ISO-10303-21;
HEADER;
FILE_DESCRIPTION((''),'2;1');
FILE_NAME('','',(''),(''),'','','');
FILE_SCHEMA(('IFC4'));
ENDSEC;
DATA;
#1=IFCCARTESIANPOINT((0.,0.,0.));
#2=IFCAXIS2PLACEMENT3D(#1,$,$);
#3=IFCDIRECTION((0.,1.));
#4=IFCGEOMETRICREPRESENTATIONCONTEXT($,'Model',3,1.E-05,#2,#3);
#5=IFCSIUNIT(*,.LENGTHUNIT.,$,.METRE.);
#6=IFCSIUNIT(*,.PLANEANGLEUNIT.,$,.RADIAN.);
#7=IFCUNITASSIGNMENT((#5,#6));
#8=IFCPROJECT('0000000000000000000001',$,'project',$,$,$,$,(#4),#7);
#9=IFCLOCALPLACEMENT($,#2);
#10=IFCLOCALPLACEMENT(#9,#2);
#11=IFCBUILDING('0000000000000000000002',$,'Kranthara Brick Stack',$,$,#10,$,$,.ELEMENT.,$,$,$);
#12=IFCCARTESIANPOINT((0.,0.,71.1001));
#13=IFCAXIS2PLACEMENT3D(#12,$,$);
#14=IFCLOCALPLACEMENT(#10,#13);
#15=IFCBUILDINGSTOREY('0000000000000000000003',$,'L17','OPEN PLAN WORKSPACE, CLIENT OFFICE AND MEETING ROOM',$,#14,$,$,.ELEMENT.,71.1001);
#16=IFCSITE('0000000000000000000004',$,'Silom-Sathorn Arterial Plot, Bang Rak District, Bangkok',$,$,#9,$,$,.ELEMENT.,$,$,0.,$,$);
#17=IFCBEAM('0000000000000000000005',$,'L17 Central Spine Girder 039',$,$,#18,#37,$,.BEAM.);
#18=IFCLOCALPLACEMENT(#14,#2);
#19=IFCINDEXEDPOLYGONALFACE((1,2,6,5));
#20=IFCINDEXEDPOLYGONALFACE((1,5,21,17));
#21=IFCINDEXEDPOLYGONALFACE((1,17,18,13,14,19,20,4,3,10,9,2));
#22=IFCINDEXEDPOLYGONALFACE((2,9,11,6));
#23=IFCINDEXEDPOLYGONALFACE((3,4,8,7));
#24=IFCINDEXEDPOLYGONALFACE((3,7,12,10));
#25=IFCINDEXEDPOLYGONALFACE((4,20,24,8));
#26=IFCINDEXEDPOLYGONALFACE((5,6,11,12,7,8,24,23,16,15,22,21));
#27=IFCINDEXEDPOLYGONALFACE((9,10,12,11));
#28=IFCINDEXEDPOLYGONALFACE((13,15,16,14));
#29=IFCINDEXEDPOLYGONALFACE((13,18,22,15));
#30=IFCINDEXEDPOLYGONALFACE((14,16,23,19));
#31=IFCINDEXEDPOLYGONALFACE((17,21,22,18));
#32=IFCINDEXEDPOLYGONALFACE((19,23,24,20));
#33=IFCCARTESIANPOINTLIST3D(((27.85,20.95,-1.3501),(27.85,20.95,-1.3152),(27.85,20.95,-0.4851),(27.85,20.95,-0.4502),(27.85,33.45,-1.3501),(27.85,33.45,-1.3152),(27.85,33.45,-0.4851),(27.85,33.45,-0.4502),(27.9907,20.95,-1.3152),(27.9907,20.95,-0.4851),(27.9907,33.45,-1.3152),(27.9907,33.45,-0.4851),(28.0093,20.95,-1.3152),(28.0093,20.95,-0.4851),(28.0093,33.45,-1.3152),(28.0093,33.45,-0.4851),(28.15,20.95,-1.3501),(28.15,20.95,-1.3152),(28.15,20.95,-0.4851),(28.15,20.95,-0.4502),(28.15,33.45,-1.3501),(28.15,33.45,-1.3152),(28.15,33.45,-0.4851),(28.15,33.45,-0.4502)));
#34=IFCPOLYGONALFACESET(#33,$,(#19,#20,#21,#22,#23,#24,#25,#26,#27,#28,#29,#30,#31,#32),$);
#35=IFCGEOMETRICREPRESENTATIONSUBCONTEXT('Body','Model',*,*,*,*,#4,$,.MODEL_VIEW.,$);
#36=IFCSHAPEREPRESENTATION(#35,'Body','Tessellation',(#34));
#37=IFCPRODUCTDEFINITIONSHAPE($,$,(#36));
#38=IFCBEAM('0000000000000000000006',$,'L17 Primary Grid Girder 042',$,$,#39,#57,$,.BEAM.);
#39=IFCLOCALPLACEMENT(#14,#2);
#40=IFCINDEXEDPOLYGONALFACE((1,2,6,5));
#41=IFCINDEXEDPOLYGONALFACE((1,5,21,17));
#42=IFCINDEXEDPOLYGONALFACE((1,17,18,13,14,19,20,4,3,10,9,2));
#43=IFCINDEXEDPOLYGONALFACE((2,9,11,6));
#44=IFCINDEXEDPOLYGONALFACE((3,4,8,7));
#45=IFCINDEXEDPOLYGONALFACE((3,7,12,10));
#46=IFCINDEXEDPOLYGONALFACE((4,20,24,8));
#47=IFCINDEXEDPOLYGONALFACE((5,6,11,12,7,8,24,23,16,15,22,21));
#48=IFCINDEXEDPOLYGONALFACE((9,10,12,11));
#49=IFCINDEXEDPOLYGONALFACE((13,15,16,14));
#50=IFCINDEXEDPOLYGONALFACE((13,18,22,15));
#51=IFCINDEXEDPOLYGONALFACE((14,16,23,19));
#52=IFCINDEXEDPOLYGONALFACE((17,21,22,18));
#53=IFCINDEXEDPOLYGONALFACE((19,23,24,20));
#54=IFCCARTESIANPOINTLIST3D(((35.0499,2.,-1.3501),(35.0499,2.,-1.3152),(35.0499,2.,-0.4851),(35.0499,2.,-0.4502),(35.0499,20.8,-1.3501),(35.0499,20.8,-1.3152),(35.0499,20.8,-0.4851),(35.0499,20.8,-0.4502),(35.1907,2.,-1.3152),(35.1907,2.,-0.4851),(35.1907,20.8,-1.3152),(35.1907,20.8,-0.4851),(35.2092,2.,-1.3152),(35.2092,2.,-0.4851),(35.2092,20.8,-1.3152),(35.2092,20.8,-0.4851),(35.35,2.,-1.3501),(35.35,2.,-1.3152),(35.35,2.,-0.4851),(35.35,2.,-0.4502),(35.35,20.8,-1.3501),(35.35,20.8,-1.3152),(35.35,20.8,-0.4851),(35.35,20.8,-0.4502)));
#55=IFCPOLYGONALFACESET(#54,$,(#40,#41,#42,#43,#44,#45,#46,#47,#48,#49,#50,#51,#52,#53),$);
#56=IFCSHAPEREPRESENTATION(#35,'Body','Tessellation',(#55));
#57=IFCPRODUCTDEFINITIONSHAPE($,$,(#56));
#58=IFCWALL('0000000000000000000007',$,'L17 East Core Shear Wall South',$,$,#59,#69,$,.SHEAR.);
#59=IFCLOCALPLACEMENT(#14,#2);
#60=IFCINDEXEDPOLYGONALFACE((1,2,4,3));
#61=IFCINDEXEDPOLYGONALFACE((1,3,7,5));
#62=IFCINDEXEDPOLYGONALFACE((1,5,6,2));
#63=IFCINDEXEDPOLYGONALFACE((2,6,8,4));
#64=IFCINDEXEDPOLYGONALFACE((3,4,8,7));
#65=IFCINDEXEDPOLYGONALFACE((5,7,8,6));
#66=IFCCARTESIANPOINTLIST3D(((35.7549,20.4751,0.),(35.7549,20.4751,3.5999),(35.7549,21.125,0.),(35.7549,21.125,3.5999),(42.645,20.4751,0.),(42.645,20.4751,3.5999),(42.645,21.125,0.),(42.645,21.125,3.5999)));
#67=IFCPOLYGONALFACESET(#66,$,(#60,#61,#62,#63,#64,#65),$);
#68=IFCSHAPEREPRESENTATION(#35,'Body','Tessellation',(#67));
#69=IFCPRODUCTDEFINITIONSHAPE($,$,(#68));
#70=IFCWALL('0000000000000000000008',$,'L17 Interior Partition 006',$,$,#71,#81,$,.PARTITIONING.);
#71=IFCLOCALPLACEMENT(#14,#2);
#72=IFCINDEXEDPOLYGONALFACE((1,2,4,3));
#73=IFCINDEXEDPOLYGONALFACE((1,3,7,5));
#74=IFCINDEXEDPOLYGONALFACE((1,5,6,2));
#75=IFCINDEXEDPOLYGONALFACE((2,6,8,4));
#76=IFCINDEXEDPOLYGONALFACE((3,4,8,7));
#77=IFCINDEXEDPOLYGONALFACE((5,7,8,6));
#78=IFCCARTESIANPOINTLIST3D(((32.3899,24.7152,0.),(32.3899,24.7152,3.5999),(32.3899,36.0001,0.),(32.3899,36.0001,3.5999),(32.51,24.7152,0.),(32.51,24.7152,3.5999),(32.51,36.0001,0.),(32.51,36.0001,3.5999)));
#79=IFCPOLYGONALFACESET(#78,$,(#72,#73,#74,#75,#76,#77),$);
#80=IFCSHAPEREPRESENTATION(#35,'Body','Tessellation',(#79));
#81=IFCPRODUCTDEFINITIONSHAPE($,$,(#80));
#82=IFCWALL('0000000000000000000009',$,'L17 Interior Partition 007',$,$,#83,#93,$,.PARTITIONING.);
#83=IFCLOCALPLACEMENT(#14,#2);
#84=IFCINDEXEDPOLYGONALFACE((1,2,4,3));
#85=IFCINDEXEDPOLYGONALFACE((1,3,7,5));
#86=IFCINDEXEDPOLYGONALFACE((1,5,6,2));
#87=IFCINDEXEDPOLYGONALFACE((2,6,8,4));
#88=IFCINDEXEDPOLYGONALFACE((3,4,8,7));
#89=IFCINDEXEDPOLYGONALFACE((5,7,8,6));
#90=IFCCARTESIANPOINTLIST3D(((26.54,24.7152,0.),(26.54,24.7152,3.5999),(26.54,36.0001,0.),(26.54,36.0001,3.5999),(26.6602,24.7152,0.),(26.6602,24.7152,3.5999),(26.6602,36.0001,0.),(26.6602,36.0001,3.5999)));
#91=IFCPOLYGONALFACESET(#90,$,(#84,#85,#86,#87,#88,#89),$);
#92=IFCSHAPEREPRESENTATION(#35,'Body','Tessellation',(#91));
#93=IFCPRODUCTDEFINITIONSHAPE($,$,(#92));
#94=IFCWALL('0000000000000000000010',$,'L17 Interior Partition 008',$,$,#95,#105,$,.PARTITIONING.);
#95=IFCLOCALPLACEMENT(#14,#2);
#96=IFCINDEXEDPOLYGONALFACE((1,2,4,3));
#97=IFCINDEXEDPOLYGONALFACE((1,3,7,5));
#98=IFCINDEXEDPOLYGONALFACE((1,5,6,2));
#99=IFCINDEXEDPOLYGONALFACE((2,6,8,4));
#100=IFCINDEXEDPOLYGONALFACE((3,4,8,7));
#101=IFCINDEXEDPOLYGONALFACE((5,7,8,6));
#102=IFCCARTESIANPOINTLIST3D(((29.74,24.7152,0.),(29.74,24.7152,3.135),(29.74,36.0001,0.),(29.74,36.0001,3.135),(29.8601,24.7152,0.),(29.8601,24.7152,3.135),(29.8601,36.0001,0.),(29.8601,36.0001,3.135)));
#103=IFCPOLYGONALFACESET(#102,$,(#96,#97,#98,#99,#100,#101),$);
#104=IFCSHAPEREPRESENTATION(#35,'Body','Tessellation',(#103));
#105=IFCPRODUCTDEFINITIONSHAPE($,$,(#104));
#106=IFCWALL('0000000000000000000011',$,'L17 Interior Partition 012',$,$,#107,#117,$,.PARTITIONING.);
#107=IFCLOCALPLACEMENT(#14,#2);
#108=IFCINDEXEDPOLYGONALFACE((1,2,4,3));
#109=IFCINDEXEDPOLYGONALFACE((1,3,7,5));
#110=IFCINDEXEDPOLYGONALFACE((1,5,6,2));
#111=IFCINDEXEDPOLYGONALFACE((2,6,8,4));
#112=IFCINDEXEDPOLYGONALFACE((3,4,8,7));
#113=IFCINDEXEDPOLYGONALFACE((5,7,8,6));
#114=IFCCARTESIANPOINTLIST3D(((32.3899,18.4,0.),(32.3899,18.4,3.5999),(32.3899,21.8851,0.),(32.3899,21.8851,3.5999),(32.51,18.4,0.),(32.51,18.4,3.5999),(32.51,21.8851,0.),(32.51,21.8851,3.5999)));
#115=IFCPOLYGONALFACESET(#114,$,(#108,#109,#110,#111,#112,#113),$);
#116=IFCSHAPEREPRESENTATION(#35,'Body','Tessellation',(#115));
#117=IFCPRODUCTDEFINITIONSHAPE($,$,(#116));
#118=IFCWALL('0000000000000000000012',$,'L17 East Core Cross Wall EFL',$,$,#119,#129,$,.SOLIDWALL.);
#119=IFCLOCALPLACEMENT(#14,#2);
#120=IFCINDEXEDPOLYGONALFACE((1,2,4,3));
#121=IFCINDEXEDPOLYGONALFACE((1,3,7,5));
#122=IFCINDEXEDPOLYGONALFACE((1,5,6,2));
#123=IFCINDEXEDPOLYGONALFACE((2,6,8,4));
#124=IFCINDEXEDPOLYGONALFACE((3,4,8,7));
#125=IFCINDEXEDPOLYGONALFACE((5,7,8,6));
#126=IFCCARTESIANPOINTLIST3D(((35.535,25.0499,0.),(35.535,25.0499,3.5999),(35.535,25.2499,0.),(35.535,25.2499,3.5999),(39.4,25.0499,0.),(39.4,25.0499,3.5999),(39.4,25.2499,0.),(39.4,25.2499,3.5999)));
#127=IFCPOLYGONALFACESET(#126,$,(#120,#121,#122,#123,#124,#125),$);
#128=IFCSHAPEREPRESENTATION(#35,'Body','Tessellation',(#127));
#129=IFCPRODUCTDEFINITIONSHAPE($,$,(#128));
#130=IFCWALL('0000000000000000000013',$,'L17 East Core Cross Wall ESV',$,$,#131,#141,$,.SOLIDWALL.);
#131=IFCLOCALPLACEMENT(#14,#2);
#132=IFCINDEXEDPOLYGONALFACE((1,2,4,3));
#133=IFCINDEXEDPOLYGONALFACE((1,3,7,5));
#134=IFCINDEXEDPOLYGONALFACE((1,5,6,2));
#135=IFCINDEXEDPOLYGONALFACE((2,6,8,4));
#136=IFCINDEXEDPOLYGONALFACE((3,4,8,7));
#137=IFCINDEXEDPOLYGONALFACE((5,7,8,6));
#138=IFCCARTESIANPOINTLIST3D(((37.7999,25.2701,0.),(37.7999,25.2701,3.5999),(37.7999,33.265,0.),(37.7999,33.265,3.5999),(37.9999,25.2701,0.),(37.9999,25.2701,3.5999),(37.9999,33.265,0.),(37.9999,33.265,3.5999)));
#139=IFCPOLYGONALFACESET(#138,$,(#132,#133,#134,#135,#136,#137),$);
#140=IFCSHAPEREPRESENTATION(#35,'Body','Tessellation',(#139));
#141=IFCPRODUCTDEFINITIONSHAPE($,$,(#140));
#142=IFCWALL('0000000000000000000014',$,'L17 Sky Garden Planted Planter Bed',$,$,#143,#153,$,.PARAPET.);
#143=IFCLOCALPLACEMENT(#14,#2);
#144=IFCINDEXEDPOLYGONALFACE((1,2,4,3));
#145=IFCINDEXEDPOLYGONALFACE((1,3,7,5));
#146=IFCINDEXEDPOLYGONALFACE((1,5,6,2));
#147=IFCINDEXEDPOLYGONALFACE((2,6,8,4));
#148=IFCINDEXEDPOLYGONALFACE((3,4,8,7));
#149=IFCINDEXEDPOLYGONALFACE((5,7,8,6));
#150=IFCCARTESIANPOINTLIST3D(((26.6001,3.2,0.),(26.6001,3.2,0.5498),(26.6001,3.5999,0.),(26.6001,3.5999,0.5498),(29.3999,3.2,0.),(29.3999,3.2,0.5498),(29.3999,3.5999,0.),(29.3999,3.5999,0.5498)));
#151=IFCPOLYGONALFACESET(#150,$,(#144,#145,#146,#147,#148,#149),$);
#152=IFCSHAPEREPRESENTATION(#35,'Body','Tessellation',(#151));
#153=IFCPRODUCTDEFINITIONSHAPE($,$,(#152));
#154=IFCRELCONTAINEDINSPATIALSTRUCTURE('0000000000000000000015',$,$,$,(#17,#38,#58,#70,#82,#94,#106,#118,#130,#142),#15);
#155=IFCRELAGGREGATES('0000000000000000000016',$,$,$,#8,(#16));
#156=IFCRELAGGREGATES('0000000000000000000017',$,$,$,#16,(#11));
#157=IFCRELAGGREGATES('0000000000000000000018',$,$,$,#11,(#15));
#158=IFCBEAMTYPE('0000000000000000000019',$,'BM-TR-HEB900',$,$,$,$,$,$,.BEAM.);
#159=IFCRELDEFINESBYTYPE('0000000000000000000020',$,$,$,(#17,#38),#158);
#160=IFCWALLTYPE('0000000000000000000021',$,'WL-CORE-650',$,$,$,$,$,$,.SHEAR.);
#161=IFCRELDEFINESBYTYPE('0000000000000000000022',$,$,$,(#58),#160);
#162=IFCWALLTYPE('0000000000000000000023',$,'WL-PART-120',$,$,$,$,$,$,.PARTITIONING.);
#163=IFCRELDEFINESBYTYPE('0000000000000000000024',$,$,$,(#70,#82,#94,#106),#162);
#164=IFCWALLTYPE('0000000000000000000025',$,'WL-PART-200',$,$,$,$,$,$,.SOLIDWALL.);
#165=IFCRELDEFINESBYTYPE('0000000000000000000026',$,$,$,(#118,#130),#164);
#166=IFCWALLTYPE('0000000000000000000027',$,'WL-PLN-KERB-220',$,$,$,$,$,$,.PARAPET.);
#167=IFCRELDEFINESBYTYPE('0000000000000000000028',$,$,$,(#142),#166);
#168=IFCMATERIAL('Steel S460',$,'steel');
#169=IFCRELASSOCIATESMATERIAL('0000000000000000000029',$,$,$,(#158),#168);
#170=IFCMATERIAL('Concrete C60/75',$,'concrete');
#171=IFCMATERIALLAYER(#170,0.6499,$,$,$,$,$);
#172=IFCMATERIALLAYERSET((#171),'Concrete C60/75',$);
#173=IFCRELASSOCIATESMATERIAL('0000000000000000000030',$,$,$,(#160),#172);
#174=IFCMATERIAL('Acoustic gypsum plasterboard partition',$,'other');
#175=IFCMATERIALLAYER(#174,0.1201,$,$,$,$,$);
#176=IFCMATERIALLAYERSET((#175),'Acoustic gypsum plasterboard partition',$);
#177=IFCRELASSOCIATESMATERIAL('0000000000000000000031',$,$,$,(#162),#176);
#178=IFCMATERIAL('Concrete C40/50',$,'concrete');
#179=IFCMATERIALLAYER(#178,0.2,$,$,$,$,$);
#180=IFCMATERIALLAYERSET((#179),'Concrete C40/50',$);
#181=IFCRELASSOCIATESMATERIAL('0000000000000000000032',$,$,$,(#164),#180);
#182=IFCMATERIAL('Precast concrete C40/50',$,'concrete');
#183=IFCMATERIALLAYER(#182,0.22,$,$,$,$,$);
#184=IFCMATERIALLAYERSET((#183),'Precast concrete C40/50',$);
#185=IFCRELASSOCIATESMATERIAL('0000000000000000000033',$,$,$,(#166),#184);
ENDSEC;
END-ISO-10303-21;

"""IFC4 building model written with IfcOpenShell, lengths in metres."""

from ifc_helpers import new_model, si_unit, direction, frame, frame_2d, origin, origin_2d, place, context, subcontext, project, spatial, rectangle, i_section, extrude, material, layer, layer_set, material_profile, profile_set, type_object, element, save


model = new_model("IFC4")

# Units and contexts
model_context = context("Model", 3, precision=1e-05, world=origin(), true_north=direction((0.0, 1.0)))
body_context = subcontext(model_context, "Body", "Model", "MODEL_VIEW")
ifc_project = project(units=[si_unit("LENGTHUNIT", "METRE"), si_unit("PLANEANGLEUNIT", "RADIAN")], contexts=[model_context])

# Site, building, storey
site_placement = place(None, origin())
site = spatial("IfcSite", under=ifc_project, at=site_placement, Name="Silom-Sathorn Arterial Plot, Bang Rak District, Bangkok", CompositionType="ELEMENT", RefElevation=0.0)
building_placement = place(site_placement, origin())
building = spatial("IfcBuilding", under=site, at=building_placement, Name="Kranthara Brick Stack", CompositionType="ELEMENT")
storey_placement = place(building_placement, frame((0.0, 0.0, 71.1001)))
storey = spatial("IfcBuildingStorey", under=building, at=storey_placement, Name="L17", Description="OPEN PLAN WORKSPACE, CLIENT OFFICE AND MEETING ROOM", CompositionType="ELEMENT", Elevation=71.1001)

# Beams
ifc_material_1 = material(Name="Steel S460", Category="steel")
ifc_material_profile_1 = material_profile(ifc_material_1, i_section(OverallWidth=0.3, OverallDepth=0.8999, WebThickness=0.0186, FlangeThickness=0.0349, at=origin_2d()), Name="HEB 900")
ifc_profile_set_1 = profile_set([ifc_material_profile_1], Name="Steel S460")
beam_type_1 = type_object("IfcBeamType", Name="BM-TR-HEB900", PredefinedType="BEAM", material=ifc_profile_set_1)
beam_1_placement = place(storey_placement, frame((28.0, 20.95, -0.9001), z_axis=(0.0, 1.0, 0.0), x_axis=(-1.0, 0.0, 0.0)))
element("IfcBeam", 1, at=beam_1_placement, inside=storey, type_object=beam_type_1, Name="L17 Central Spine Girder 039", PredefinedType="BEAM", context=body_context, shape_type="SweptSolid", body=[
    extrude(i_section(OverallWidth=0.3, OverallDepth=0.8999, WebThickness=0.0186, FlangeThickness=0.0349, at=origin_2d()), origin(), (0.0, 0.0, 1.0), 12.5),
])
beam_2_placement = place(storey_placement, frame((35.2, 2.0, -0.9001), z_axis=(0.0, 1.0, 0.0), x_axis=(-1.0, 0.0, 0.0)))
element("IfcBeam", 2, at=beam_2_placement, inside=storey, type_object=beam_type_1, Name="L17 Primary Grid Girder 042", PredefinedType="BEAM", context=body_context, shape_type="SweptSolid", body=[
    extrude(i_section(OverallWidth=0.3, OverallDepth=0.8999, WebThickness=0.0186, FlangeThickness=0.0349, at=origin_2d()), origin(), (0.0, 0.0, 1.0), 18.8),
])

# Wall
ifc_material_2 = material(Name="Concrete C60/75", Category="concrete")
ifc_layer_1 = layer(ifc_material_2, 0.6499)
ifc_layer_set_1 = layer_set([ifc_layer_1], Name="Concrete C60/75")
wall_type_1 = type_object("IfcWallType", Name="WL-CORE-650", PredefinedType="SHEAR", material=ifc_layer_set_1)
wall_1_placement = place(storey_placement, frame((35.7549, 20.8, 0.0), z_axis=(0.0, 0.0, 1.0), x_axis=(1.0, 0.0, 0.0)))
element("IfcWall", 3, at=wall_1_placement, inside=storey, type_object=wall_type_1, Name="L17 East Core Shear Wall South", PredefinedType="SHEAR", context=body_context, shape_type="SweptSolid", body=[
    extrude(rectangle(XDim=6.8901, YDim=0.6499, at=frame_2d((3.4451, 0.0))), origin(), (0.0, 0.0, 1.0), 3.5999),
])

# Walls
ifc_material_3 = material(Name="Acoustic gypsum plasterboard partition", Category="other")
ifc_layer_2 = layer(ifc_material_3, 0.1201)
ifc_layer_set_2 = layer_set([ifc_layer_2], Name="Acoustic gypsum plasterboard partition")
wall_type_2 = type_object("IfcWallType", Name="WL-PART-120", PredefinedType="PARTITIONING", material=ifc_layer_set_2)
for number, where, z_axis, x_axis, name in (
    (4, (32.45, 24.7151, 0.0), (0.0, 0.0, 1.0), (0.0, 1.0, 0.0), "L17 Interior Partition 006"),
    (5, (26.6001, 24.7151, 0.0), (0.0, 0.0, 1.0), (0.0, 1.0, 0.0), "L17 Interior Partition 007"),
):
    element("IfcWall", number, at=place(storey_placement, frame(where, z_axis=z_axis, x_axis=x_axis)), inside=storey, type_object=wall_type_2, Name=name, PredefinedType="PARTITIONING", context=body_context, shape_type="SweptSolid", body=[
        extrude(rectangle(XDim=11.2849, YDim=0.1201, at=frame_2d((5.6426, 0.0))), origin(), (0.0, 0.0, 1.0), 3.5999),
    ])
wall_2_placement = place(storey_placement, frame((29.8, 24.7151, 0.0), z_axis=(0.0, 0.0, 1.0), x_axis=(0.0, 1.0, 0.0)))
element("IfcWall", 6, at=wall_2_placement, inside=storey, type_object=wall_type_2, Name="L17 Interior Partition 008", PredefinedType="PARTITIONING", context=body_context, shape_type="SweptSolid", body=[
    extrude(rectangle(XDim=11.2849, YDim=0.1201, at=frame_2d((5.6426, 0.0))), origin(), (0.0, 0.0, 1.0), 3.135),
])
wall_3_placement = place(storey_placement, frame((32.45, 18.3999, 0.0), z_axis=(0.0, 0.0, 1.0), x_axis=(0.0, 1.0, 0.0)))
element("IfcWall", 7, at=wall_3_placement, inside=storey, type_object=wall_type_2, Name="L17 Interior Partition 012", PredefinedType="PARTITIONING", context=body_context, shape_type="SweptSolid", body=[
    extrude(rectangle(XDim=3.4851, YDim=0.1201, at=frame_2d((1.7427, 0.0))), origin(), (0.0, 0.0, 1.0), 3.5999),
])
ifc_material_4 = material(Name="Concrete C40/50", Category="concrete")
ifc_layer_3 = layer(ifc_material_4, 0.2)
ifc_layer_set_3 = layer_set([ifc_layer_3], Name="Concrete C40/50")
wall_type_3 = type_object("IfcWallType", Name="WL-PART-200", PredefinedType="SOLIDWALL", material=ifc_layer_set_3)
wall_4_placement = place(storey_placement, frame((35.5349, 25.1499, 0.0), z_axis=(0.0, 0.0, 1.0), x_axis=(1.0, 0.0, 0.0)))
element("IfcWall", 8, at=wall_4_placement, inside=storey, type_object=wall_type_3, Name="L17 East Core Cross Wall EFL", PredefinedType="SOLIDWALL", context=body_context, shape_type="SweptSolid", body=[
    extrude(rectangle(XDim=3.865, YDim=0.2, at=frame_2d((1.9326, 0.0))), origin(), (0.0, 0.0, 1.0), 3.5999),
])
wall_5_placement = place(storey_placement, frame((37.8999, 25.27, 0.0), z_axis=(0.0, 0.0, 1.0), x_axis=(0.0, 1.0, 0.0)))
element("IfcWall", 9, at=wall_5_placement, inside=storey, type_object=wall_type_3, Name="L17 East Core Cross Wall ESV", PredefinedType="SOLIDWALL", context=body_context, shape_type="SweptSolid", body=[
    extrude(rectangle(XDim=7.9949, YDim=0.2, at=frame_2d((3.9976, 0.0))), origin(), (0.0, 0.0, 1.0), 3.5999),
])
ifc_material_5 = material(Name="Precast concrete C40/50", Category="concrete")
ifc_layer_4 = layer(ifc_material_5, 0.22)
ifc_layer_set_4 = layer_set([ifc_layer_4], Name="Precast concrete C40/50")
wall_type_4 = type_object("IfcWallType", Name="WL-PLN-KERB-220", PredefinedType="PARAPET", material=ifc_layer_set_4)
wall_6_placement = place(storey_placement, frame((26.6001, 3.3999, 0.0), z_axis=(0.0, 0.0, 1.0), x_axis=(1.0, 0.0, 0.0)))
element("IfcWall", 10, at=wall_6_placement, inside=storey, type_object=wall_type_4, Name="L17 Sky Garden Planted Planter Bed", PredefinedType="PARAPET", context=body_context, shape_type="SweptSolid", body=[
    extrude(rectangle(XDim=2.7998, YDim=0.3999, at=frame_2d((1.3999, 0.0))), origin(), (0.0, 0.0, 1.0), 0.5498),
])

save(model, "model.ifc")
